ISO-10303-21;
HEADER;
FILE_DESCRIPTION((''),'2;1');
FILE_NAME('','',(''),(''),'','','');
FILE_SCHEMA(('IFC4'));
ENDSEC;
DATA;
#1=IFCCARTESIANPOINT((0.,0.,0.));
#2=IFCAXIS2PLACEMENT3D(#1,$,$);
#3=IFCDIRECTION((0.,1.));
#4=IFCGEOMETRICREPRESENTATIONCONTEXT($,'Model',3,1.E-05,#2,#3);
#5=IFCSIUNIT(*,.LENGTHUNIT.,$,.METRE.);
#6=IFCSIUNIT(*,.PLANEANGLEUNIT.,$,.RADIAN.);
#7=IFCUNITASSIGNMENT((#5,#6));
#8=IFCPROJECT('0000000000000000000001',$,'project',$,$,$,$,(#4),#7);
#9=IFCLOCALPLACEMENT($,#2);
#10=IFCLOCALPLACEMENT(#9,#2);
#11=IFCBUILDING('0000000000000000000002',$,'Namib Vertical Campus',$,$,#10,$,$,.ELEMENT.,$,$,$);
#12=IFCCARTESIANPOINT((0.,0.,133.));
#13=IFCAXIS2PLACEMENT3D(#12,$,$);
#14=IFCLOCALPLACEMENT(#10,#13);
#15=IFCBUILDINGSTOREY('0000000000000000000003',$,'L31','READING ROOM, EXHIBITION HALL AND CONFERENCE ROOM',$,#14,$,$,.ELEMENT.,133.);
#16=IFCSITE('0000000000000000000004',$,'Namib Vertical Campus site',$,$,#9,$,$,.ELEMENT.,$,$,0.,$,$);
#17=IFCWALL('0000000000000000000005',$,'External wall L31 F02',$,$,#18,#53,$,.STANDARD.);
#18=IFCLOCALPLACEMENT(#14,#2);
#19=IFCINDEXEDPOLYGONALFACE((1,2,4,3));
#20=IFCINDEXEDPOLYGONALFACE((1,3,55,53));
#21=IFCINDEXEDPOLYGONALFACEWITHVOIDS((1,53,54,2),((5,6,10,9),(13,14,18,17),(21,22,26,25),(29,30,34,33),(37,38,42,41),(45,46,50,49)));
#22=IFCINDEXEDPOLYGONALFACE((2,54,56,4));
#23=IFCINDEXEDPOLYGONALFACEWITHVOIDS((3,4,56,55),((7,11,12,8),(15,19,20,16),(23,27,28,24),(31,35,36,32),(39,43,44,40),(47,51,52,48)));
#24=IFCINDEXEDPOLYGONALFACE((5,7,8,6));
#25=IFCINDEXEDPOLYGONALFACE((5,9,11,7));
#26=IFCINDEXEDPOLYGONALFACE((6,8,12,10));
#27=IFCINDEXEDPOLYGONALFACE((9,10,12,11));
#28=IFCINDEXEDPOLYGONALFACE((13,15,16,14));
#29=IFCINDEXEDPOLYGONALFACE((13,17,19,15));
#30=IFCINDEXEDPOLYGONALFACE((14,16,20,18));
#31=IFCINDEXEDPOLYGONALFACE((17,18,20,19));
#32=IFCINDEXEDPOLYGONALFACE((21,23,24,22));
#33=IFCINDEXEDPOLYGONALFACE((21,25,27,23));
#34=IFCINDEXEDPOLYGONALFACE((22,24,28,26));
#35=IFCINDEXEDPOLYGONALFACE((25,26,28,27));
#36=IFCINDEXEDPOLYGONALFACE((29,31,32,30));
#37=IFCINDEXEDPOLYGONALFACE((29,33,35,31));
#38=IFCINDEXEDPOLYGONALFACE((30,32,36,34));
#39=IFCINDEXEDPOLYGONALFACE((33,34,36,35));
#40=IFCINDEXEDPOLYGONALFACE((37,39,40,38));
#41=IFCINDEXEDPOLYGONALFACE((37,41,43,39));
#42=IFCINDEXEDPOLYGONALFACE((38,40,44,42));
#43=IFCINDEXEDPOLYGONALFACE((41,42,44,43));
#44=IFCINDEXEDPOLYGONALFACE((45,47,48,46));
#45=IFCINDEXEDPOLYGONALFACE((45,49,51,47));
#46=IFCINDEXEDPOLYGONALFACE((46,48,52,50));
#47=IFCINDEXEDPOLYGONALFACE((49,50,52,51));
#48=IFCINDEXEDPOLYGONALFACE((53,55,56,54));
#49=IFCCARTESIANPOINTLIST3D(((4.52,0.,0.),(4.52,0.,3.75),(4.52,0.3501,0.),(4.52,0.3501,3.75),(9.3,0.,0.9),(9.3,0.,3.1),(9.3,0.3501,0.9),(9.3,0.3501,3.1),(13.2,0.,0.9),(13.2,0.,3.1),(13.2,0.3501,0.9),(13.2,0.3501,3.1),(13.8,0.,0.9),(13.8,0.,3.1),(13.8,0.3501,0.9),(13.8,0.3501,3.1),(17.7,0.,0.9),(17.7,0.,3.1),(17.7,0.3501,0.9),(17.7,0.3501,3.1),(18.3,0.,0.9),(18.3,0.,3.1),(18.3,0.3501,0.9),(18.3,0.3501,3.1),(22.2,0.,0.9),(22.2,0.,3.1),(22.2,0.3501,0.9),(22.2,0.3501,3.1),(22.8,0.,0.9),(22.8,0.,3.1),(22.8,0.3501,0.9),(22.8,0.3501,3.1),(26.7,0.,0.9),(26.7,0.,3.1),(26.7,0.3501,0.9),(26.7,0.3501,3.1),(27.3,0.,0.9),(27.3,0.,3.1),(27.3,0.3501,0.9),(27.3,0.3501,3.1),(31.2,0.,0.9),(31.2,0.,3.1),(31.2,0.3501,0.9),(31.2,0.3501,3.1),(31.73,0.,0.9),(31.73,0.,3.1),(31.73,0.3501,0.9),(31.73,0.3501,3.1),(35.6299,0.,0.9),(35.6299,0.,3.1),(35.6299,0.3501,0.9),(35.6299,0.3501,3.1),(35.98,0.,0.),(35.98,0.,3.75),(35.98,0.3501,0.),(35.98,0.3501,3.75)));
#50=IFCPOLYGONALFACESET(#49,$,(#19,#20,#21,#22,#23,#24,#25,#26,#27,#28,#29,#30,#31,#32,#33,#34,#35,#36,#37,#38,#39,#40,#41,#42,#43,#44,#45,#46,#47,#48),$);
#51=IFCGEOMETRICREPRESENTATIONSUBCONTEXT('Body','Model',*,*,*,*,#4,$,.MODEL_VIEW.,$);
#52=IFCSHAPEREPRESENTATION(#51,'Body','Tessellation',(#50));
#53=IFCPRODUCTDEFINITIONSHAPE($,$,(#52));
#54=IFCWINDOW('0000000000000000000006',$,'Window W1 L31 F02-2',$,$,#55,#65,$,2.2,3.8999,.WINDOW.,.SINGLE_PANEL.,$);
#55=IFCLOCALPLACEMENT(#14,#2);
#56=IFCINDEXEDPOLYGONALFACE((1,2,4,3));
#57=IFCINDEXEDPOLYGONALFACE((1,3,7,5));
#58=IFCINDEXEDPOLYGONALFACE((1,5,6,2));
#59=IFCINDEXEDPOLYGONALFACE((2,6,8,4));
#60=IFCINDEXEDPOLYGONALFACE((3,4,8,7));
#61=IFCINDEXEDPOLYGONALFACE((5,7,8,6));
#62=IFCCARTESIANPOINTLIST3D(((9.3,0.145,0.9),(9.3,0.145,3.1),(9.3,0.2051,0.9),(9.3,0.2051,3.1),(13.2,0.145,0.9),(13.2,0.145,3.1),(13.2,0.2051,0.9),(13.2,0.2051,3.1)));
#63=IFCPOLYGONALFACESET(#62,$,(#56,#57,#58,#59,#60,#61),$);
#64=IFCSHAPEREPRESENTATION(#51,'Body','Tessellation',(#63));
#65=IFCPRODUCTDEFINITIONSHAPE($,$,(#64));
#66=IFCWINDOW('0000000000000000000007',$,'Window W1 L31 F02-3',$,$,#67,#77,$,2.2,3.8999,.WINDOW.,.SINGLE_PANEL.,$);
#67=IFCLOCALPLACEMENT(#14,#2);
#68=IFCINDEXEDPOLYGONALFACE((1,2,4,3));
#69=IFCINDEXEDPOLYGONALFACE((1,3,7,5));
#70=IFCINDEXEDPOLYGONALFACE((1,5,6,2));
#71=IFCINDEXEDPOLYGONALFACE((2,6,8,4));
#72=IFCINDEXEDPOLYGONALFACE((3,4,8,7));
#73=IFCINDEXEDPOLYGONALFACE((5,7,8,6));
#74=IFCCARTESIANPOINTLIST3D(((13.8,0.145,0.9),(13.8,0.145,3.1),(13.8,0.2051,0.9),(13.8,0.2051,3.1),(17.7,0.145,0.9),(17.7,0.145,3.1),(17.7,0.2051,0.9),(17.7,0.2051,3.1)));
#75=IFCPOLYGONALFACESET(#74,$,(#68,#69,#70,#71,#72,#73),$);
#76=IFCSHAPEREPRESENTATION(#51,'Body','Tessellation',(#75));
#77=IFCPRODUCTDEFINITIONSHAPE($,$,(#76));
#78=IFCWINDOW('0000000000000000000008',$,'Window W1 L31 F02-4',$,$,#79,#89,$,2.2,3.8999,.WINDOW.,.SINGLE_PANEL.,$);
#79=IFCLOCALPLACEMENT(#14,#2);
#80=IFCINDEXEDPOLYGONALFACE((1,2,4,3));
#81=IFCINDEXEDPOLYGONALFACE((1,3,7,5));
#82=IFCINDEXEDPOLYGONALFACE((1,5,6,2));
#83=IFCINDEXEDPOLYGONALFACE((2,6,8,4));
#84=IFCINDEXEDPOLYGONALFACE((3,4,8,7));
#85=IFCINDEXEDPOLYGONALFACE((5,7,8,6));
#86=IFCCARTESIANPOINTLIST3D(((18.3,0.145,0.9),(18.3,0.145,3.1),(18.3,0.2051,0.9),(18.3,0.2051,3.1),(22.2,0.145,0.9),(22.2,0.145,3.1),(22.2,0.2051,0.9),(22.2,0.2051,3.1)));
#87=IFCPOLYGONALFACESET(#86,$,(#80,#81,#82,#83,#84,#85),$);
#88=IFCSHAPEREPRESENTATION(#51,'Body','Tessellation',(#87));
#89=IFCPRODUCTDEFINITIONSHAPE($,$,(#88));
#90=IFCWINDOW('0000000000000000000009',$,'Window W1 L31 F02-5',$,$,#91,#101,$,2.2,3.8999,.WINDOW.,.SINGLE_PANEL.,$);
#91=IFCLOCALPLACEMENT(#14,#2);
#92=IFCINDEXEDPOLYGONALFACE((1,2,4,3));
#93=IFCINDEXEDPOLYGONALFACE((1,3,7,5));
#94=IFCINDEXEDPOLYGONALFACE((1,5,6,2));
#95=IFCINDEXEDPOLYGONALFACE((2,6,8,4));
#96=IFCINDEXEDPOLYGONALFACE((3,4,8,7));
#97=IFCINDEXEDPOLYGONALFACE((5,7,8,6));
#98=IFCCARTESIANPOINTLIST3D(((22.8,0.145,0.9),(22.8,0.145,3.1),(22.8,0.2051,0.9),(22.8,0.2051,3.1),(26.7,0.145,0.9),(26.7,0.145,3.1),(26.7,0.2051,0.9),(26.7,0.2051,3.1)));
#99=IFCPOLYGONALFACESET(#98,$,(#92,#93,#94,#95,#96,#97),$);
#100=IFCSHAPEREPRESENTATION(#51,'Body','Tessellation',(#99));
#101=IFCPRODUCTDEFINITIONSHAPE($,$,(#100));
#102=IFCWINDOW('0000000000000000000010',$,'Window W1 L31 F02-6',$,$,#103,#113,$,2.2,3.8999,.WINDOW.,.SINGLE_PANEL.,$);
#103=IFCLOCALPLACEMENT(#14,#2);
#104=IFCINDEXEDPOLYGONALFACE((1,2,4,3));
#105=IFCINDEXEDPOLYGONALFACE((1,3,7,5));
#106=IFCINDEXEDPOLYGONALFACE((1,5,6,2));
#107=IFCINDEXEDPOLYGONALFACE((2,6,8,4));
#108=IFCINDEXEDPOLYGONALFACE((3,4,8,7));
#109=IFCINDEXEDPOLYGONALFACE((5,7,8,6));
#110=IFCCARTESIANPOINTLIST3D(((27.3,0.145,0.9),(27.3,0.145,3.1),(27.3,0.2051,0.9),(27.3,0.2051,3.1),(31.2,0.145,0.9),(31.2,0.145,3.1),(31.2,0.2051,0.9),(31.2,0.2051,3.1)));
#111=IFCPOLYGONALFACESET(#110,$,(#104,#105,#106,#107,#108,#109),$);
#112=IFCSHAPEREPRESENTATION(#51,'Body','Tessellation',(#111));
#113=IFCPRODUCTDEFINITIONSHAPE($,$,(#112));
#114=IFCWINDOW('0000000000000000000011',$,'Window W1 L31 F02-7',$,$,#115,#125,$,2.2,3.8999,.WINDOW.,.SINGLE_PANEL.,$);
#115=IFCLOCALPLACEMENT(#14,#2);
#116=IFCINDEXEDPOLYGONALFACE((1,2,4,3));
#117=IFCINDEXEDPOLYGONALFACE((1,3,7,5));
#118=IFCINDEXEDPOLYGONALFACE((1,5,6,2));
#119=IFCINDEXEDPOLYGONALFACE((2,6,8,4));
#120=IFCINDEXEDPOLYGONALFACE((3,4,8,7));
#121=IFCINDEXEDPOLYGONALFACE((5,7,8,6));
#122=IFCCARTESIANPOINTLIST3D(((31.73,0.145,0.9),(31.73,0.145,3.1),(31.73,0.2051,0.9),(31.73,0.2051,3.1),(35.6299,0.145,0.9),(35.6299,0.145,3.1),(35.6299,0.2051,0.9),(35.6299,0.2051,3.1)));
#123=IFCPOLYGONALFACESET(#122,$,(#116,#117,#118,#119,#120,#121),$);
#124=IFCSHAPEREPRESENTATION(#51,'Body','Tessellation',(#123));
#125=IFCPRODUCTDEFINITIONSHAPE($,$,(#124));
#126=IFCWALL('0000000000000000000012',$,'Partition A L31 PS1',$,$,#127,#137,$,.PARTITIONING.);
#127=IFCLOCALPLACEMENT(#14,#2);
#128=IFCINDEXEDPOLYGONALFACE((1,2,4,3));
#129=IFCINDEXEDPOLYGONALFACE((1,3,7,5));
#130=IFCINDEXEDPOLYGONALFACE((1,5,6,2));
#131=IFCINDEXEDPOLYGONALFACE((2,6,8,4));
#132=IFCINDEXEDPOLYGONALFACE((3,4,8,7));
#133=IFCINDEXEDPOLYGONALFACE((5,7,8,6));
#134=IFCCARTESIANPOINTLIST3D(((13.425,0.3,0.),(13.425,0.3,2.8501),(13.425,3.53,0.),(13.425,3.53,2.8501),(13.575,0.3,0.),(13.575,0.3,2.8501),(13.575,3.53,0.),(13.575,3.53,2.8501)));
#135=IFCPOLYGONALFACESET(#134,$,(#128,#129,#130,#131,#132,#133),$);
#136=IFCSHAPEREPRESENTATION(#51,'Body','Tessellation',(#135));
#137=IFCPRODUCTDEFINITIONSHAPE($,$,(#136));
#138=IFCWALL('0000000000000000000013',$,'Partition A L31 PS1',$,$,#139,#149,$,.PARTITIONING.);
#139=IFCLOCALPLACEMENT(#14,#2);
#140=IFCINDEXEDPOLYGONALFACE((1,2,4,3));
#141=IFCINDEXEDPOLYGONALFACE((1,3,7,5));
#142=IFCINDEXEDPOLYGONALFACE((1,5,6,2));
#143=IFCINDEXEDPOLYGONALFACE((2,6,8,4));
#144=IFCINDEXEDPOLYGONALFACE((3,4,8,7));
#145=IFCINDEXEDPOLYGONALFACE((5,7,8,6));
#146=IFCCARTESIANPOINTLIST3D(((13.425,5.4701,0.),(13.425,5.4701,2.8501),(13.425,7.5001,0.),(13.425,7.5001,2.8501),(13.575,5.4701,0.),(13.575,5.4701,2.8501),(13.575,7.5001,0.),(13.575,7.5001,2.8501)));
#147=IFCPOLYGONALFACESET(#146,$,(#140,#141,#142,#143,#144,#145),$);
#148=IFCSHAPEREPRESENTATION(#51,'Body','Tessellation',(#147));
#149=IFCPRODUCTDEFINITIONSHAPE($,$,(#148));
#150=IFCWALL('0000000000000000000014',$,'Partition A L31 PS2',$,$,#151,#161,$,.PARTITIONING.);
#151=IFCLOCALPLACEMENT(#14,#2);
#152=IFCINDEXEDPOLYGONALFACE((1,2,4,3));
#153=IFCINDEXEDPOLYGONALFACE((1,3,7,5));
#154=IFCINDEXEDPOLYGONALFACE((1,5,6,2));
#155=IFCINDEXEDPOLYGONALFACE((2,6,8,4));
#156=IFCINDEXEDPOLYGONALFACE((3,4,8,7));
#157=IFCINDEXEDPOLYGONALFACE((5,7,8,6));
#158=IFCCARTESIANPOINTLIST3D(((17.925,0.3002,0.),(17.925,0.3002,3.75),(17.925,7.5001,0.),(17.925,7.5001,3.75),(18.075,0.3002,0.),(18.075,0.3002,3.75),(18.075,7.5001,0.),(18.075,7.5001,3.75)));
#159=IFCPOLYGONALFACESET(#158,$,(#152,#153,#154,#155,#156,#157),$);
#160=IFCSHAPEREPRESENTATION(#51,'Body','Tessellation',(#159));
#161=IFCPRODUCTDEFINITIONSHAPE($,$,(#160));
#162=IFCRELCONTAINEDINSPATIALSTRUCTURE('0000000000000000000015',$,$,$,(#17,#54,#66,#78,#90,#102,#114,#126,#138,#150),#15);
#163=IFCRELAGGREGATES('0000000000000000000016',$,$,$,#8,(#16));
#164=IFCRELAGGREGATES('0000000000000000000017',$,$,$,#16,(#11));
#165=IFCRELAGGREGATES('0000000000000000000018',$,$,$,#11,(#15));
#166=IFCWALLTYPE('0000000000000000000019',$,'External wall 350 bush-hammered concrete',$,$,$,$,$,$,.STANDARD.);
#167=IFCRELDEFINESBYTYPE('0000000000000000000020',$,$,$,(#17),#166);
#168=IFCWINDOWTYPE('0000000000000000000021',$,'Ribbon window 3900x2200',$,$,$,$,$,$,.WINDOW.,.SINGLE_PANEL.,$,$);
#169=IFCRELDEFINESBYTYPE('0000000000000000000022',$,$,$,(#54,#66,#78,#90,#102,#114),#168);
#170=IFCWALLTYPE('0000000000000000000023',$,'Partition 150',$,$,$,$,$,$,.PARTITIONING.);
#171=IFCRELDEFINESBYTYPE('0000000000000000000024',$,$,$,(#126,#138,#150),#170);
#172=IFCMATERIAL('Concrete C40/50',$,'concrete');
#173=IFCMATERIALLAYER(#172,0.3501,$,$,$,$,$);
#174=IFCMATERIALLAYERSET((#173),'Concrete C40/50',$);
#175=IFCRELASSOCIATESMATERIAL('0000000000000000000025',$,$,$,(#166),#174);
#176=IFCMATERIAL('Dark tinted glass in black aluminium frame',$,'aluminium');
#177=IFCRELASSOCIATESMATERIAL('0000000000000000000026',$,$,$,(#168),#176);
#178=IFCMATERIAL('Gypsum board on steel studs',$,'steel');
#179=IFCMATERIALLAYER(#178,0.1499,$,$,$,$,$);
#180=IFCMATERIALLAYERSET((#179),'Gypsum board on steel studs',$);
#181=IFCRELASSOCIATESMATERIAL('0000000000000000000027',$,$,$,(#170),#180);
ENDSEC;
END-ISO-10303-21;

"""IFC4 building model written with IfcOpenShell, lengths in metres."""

from ifc_helpers import new_model, si_unit, direction, frame, frame_2d, origin, place, context, subcontext, project, spatial, rectangle, extrude, material, layer, layer_set, type_object, element, fill, save


model = new_model("IFC4")

# Units and contexts
model_context = context("Model", 3, precision=1e-05, world=origin(), true_north=direction((0.0, 1.0)))
body_context = subcontext(model_context, "Body", "Model", "MODEL_VIEW")
ifc_project = project(units=[si_unit("LENGTHUNIT", "METRE"), si_unit("PLANEANGLEUNIT", "RADIAN")], contexts=[model_context])

# Site, building, storey
site_placement = place(None, origin())
site = spatial("IfcSite", under=ifc_project, at=site_placement, Name="Namib Vertical Campus site", CompositionType="ELEMENT", RefElevation=0.0)
building_placement = place(site_placement, origin())
building = spatial("IfcBuilding", under=site, at=building_placement, Name="Namib Vertical Campus", CompositionType="ELEMENT")
storey_placement = place(building_placement, frame((0.0, 0.0, 133.0)))
storey = spatial("IfcBuildingStorey", under=building, at=storey_placement, Name="L31", Description="READING ROOM, EXHIBITION HALL AND CONFERENCE ROOM", CompositionType="ELEMENT", Elevation=133.0)

# Shared definitions
ifc_material_1 = material(Name="Concrete C40/50", Category="concrete")
ifc_layer_1 = layer(ifc_material_1, 0.3501)
ifc_layer_set_1 = layer_set([ifc_layer_1], Name="Concrete C40/50")
wall_type_1 = type_object("IfcWallType", Name="External wall 350 bush-hammered concrete", PredefinedType="STANDARD", material=ifc_layer_set_1)

# Wall, openings, windows
wall_1_placement = place(storey_placement, frame((4.52, 0.175, 0.0), z_axis=(0.0, 0.0, 1.0), x_axis=(1.0, 0.0, 0.0)))
wall_1 = element("IfcWall", 1, at=wall_1_placement, inside=storey, type_object=wall_type_1, Name="External wall L31 F02", PredefinedType="STANDARD", context=body_context, shape_type="SweptSolid", body=[
    extrude(rectangle(XDim=31.46, YDim=0.3501, at=frame_2d((15.73, 0.0))), origin(), (0.0, 0.0, 1.0), 3.75),
])
opening_1_placement = place(wall_1_placement, frame((4.78, 0.0, 0.8999)))
opening_1 = element("IfcOpeningElement", 2, at=opening_1_placement, cuts=wall_1, PredefinedType="OPENING", context=body_context, shape_type="SweptSolid", body=[
    extrude(rectangle(XDim=3.8999, YDim=2.2, at=frame_2d((1.95, 1.1001))), frame((0.0, 0.1851, 0.0), z_axis=(0.0, -1.0, 0.0), x_axis=(1.0, 0.0, 0.0)), (0.0, 0.0, 1.0), 0.3701),
])
opening_2_placement = place(wall_1_placement, frame((9.28, 0.0, 0.8999)))
opening_2 = element("IfcOpeningElement", 3, at=opening_2_placement, cuts=wall_1, PredefinedType="OPENING", context=body_context, shape_type="SweptSolid", body=[
    extrude(rectangle(XDim=3.8999, YDim=2.2, at=frame_2d((1.95, 1.1001))), frame((0.0, 0.1851, 0.0), z_axis=(0.0, -1.0, 0.0), x_axis=(1.0, 0.0, 0.0)), (0.0, 0.0, 1.0), 0.3701),
])
opening_3_placement = place(wall_1_placement, frame((13.78, 0.0, 0.8999)))
opening_3 = element("IfcOpeningElement", 4, at=opening_3_placement, cuts=wall_1, PredefinedType="OPENING", context=body_context, shape_type="SweptSolid", body=[
    extrude(rectangle(XDim=3.8999, YDim=2.2, at=frame_2d((1.95, 1.1001))), frame((0.0, 0.1851, 0.0), z_axis=(0.0, -1.0, 0.0), x_axis=(1.0, 0.0, 0.0)), (0.0, 0.0, 1.0), 0.3701),
])
opening_4_placement = place(wall_1_placement, frame((18.28, 0.0, 0.8999)))
opening_4 = element("IfcOpeningElement", 5, at=opening_4_placement, cuts=wall_1, PredefinedType="OPENING", context=body_context, shape_type="SweptSolid", body=[
    extrude(rectangle(XDim=3.8999, YDim=2.2, at=frame_2d((1.95, 1.1001))), frame((0.0, 0.1851, 0.0), z_axis=(0.0, -1.0, 0.0), x_axis=(1.0, 0.0, 0.0)), (0.0, 0.0, 1.0), 0.3701),
])
opening_5_placement = place(wall_1_placement, frame((22.78, 0.0, 0.8999)))
opening_5 = element("IfcOpeningElement", 6, at=opening_5_placement, cuts=wall_1, PredefinedType="OPENING", context=body_context, shape_type="SweptSolid", body=[
    extrude(rectangle(XDim=3.8999, YDim=2.2, at=frame_2d((1.95, 1.1001))), frame((0.0, 0.1851, 0.0), z_axis=(0.0, -1.0, 0.0), x_axis=(1.0, 0.0, 0.0)), (0.0, 0.0, 1.0), 0.3701),
])
opening_6_placement = place(wall_1_placement, frame((27.21, 0.0, 0.8999)))
opening_6 = element("IfcOpeningElement", 7, at=opening_6_placement, cuts=wall_1, PredefinedType="OPENING", context=body_context, shape_type="SweptSolid", body=[
    extrude(rectangle(XDim=3.8999, YDim=2.2, at=frame_2d((1.95, 1.1001))), frame((0.0, 0.1851, 0.0), z_axis=(0.0, -1.0, 0.0), x_axis=(1.0, 0.0, 0.0)), (0.0, 0.0, 1.0), 0.3701),
])
ifc_material_2 = material(Name="Dark tinted glass in black aluminium frame", Category="aluminium")
window_type = type_object("IfcWindowType", Name="Ribbon window 3900x2200", PartitioningType="SINGLE_PANEL", PredefinedType="WINDOW", material=ifc_material_2)
window_1_placement = place(opening_1_placement, origin())
window_1 = element("IfcWindow", 8, at=window_1_placement, inside=storey, type_object=window_type, Name="Window W1 L31 F02-2", OverallHeight=2.2, OverallWidth=3.8999, PartitioningType="SINGLE_PANEL", PredefinedType="WINDOW", context=body_context, shape_type="SweptSolid", body=[
    extrude(rectangle(XDim=3.8999, YDim=2.2, at=frame_2d((1.95, 1.1001))), frame((0.0, 0.03, 0.0), z_axis=(0.0, -1.0, 0.0), x_axis=(1.0, 0.0, 0.0)), (0.0, 0.0, 1.0), 0.0601),
])
fill(opening_1, window_1)
window_2_placement = place(opening_2_placement, origin())
window_2 = element("IfcWindow", 9, at=window_2_placement, inside=storey, type_object=window_type, Name="Window W1 L31 F02-3", OverallHeight=2.2, OverallWidth=3.8999, PartitioningType="SINGLE_PANEL", PredefinedType="WINDOW", context=body_context, shape_type="SweptSolid", body=[
    extrude(rectangle(XDim=3.8999, YDim=2.2, at=frame_2d((1.95, 1.1001))), frame((0.0, 0.03, 0.0), z_axis=(0.0, -1.0, 0.0), x_axis=(1.0, 0.0, 0.0)), (0.0, 0.0, 1.0), 0.0601),
])
fill(opening_2, window_2)
window_3_placement = place(opening_3_placement, origin())
window_3 = element("IfcWindow", 10, at=window_3_placement, inside=storey, type_object=window_type, Name="Window W1 L31 F02-4", OverallHeight=2.2, OverallWidth=3.8999, PartitioningType="SINGLE_PANEL", PredefinedType="WINDOW", context=body_context, shape_type="SweptSolid", body=[
    extrude(rectangle(XDim=3.8999, YDim=2.2, at=frame_2d((1.95, 1.1001))), frame((0.0, 0.03, 0.0), z_axis=(0.0, -1.0, 0.0), x_axis=(1.0, 0.0, 0.0)), (0.0, 0.0, 1.0), 0.0601),
])
fill(opening_3, window_3)
window_4_placement = place(opening_4_placement, origin())
window_4 = element("IfcWindow", 11, at=window_4_placement, inside=storey, type_object=window_type, Name="Window W1 L31 F02-5", OverallHeight=2.2, OverallWidth=3.8999, PartitioningType="SINGLE_PANEL", PredefinedType="WINDOW", context=body_context, shape_type="SweptSolid", body=[
    extrude(rectangle(XDim=3.8999, YDim=2.2, at=frame_2d((1.95, 1.1001))), frame((0.0, 0.03, 0.0), z_axis=(0.0, -1.0, 0.0), x_axis=(1.0, 0.0, 0.0)), (0.0, 0.0, 1.0), 0.0601),
])
fill(opening_4, window_4)
window_5_placement = place(opening_5_placement, origin())
window_5 = element("IfcWindow", 12, at=window_5_placement, inside=storey, type_object=window_type, Name="Window W1 L31 F02-6", OverallHeight=2.2, OverallWidth=3.8999, PartitioningType="SINGLE_PANEL", PredefinedType="WINDOW", context=body_context, shape_type="SweptSolid", body=[
    extrude(rectangle(XDim=3.8999, YDim=2.2, at=frame_2d((1.95, 1.1001))), frame((0.0, 0.03, 0.0), z_axis=(0.0, -1.0, 0.0), x_axis=(1.0, 0.0, 0.0)), (0.0, 0.0, 1.0), 0.0601),
])
fill(opening_5, window_5)
window_6_placement = place(opening_6_placement, origin())
window_6 = element("IfcWindow", 13, at=window_6_placement, inside=storey, type_object=window_type, Name="Window W1 L31 F02-7", OverallHeight=2.2, OverallWidth=3.8999, PartitioningType="SINGLE_PANEL", PredefinedType="WINDOW", context=body_context, shape_type="SweptSolid", body=[
    extrude(rectangle(XDim=3.8999, YDim=2.2, at=frame_2d((1.95, 1.1001))), frame((0.0, 0.03, 0.0), z_axis=(0.0, -1.0, 0.0), x_axis=(1.0, 0.0, 0.0)), (0.0, 0.0, 1.0), 0.0601),
])
fill(opening_6, window_6)

# Walls
ifc_material_3 = material(Name="Gypsum board on steel studs", Category="steel")
ifc_layer_2 = layer(ifc_material_3, 0.1499)
ifc_layer_set_2 = layer_set([ifc_layer_2], Name="Gypsum board on steel studs")
wall_type_2 = type_object("IfcWallType", Name="Partition 150", PredefinedType="PARTITIONING", material=ifc_layer_set_2)
wall_2_placement = place(storey_placement, frame((13.5, 0.3, 0.0), z_axis=(0.0, 0.0, 1.0), x_axis=(0.0, 1.0, 0.0)))
element("IfcWall", 14, at=wall_2_placement, inside=storey, type_object=wall_type_2, Name="Partition A L31 PS1", PredefinedType="PARTITIONING", context=body_context, shape_type="SweptSolid", body=[
    extrude(rectangle(XDim=3.23, YDim=0.1499, at=frame_2d((1.615, 0.0))), origin(), (0.0, 0.0, 1.0), 2.8501),
])
wall_3_placement = place(storey_placement, frame((13.5, 5.47, 0.0), z_axis=(0.0, 0.0, 1.0), x_axis=(0.0, 1.0, 0.0)))
element("IfcWall", 15, at=wall_3_placement, inside=storey, type_object=wall_type_2, Name="Partition A L31 PS1", PredefinedType="PARTITIONING", context=body_context, shape_type="SweptSolid", body=[
    extrude(rectangle(XDim=2.03, YDim=0.1499, at=frame_2d((1.0151, 0.0))), origin(), (0.0, 0.0, 1.0), 2.8501),
])
wall_4_placement = place(storey_placement, frame((18.0, 0.3, 0.0), z_axis=(0.0, 0.0, 1.0), x_axis=(0.0, 1.0, 0.0)))
element("IfcWall", 16, at=wall_4_placement, inside=storey, type_object=wall_type_2, Name="Partition A L31 PS2", PredefinedType="PARTITIONING", context=body_context, shape_type="SweptSolid", body=[
    extrude(rectangle(XDim=7.2, YDim=0.1499, at=frame_2d((3.6001, 0.0))), origin(), (0.0, 0.0, 1.0), 3.75),
])

save(model, "model.ifc")
